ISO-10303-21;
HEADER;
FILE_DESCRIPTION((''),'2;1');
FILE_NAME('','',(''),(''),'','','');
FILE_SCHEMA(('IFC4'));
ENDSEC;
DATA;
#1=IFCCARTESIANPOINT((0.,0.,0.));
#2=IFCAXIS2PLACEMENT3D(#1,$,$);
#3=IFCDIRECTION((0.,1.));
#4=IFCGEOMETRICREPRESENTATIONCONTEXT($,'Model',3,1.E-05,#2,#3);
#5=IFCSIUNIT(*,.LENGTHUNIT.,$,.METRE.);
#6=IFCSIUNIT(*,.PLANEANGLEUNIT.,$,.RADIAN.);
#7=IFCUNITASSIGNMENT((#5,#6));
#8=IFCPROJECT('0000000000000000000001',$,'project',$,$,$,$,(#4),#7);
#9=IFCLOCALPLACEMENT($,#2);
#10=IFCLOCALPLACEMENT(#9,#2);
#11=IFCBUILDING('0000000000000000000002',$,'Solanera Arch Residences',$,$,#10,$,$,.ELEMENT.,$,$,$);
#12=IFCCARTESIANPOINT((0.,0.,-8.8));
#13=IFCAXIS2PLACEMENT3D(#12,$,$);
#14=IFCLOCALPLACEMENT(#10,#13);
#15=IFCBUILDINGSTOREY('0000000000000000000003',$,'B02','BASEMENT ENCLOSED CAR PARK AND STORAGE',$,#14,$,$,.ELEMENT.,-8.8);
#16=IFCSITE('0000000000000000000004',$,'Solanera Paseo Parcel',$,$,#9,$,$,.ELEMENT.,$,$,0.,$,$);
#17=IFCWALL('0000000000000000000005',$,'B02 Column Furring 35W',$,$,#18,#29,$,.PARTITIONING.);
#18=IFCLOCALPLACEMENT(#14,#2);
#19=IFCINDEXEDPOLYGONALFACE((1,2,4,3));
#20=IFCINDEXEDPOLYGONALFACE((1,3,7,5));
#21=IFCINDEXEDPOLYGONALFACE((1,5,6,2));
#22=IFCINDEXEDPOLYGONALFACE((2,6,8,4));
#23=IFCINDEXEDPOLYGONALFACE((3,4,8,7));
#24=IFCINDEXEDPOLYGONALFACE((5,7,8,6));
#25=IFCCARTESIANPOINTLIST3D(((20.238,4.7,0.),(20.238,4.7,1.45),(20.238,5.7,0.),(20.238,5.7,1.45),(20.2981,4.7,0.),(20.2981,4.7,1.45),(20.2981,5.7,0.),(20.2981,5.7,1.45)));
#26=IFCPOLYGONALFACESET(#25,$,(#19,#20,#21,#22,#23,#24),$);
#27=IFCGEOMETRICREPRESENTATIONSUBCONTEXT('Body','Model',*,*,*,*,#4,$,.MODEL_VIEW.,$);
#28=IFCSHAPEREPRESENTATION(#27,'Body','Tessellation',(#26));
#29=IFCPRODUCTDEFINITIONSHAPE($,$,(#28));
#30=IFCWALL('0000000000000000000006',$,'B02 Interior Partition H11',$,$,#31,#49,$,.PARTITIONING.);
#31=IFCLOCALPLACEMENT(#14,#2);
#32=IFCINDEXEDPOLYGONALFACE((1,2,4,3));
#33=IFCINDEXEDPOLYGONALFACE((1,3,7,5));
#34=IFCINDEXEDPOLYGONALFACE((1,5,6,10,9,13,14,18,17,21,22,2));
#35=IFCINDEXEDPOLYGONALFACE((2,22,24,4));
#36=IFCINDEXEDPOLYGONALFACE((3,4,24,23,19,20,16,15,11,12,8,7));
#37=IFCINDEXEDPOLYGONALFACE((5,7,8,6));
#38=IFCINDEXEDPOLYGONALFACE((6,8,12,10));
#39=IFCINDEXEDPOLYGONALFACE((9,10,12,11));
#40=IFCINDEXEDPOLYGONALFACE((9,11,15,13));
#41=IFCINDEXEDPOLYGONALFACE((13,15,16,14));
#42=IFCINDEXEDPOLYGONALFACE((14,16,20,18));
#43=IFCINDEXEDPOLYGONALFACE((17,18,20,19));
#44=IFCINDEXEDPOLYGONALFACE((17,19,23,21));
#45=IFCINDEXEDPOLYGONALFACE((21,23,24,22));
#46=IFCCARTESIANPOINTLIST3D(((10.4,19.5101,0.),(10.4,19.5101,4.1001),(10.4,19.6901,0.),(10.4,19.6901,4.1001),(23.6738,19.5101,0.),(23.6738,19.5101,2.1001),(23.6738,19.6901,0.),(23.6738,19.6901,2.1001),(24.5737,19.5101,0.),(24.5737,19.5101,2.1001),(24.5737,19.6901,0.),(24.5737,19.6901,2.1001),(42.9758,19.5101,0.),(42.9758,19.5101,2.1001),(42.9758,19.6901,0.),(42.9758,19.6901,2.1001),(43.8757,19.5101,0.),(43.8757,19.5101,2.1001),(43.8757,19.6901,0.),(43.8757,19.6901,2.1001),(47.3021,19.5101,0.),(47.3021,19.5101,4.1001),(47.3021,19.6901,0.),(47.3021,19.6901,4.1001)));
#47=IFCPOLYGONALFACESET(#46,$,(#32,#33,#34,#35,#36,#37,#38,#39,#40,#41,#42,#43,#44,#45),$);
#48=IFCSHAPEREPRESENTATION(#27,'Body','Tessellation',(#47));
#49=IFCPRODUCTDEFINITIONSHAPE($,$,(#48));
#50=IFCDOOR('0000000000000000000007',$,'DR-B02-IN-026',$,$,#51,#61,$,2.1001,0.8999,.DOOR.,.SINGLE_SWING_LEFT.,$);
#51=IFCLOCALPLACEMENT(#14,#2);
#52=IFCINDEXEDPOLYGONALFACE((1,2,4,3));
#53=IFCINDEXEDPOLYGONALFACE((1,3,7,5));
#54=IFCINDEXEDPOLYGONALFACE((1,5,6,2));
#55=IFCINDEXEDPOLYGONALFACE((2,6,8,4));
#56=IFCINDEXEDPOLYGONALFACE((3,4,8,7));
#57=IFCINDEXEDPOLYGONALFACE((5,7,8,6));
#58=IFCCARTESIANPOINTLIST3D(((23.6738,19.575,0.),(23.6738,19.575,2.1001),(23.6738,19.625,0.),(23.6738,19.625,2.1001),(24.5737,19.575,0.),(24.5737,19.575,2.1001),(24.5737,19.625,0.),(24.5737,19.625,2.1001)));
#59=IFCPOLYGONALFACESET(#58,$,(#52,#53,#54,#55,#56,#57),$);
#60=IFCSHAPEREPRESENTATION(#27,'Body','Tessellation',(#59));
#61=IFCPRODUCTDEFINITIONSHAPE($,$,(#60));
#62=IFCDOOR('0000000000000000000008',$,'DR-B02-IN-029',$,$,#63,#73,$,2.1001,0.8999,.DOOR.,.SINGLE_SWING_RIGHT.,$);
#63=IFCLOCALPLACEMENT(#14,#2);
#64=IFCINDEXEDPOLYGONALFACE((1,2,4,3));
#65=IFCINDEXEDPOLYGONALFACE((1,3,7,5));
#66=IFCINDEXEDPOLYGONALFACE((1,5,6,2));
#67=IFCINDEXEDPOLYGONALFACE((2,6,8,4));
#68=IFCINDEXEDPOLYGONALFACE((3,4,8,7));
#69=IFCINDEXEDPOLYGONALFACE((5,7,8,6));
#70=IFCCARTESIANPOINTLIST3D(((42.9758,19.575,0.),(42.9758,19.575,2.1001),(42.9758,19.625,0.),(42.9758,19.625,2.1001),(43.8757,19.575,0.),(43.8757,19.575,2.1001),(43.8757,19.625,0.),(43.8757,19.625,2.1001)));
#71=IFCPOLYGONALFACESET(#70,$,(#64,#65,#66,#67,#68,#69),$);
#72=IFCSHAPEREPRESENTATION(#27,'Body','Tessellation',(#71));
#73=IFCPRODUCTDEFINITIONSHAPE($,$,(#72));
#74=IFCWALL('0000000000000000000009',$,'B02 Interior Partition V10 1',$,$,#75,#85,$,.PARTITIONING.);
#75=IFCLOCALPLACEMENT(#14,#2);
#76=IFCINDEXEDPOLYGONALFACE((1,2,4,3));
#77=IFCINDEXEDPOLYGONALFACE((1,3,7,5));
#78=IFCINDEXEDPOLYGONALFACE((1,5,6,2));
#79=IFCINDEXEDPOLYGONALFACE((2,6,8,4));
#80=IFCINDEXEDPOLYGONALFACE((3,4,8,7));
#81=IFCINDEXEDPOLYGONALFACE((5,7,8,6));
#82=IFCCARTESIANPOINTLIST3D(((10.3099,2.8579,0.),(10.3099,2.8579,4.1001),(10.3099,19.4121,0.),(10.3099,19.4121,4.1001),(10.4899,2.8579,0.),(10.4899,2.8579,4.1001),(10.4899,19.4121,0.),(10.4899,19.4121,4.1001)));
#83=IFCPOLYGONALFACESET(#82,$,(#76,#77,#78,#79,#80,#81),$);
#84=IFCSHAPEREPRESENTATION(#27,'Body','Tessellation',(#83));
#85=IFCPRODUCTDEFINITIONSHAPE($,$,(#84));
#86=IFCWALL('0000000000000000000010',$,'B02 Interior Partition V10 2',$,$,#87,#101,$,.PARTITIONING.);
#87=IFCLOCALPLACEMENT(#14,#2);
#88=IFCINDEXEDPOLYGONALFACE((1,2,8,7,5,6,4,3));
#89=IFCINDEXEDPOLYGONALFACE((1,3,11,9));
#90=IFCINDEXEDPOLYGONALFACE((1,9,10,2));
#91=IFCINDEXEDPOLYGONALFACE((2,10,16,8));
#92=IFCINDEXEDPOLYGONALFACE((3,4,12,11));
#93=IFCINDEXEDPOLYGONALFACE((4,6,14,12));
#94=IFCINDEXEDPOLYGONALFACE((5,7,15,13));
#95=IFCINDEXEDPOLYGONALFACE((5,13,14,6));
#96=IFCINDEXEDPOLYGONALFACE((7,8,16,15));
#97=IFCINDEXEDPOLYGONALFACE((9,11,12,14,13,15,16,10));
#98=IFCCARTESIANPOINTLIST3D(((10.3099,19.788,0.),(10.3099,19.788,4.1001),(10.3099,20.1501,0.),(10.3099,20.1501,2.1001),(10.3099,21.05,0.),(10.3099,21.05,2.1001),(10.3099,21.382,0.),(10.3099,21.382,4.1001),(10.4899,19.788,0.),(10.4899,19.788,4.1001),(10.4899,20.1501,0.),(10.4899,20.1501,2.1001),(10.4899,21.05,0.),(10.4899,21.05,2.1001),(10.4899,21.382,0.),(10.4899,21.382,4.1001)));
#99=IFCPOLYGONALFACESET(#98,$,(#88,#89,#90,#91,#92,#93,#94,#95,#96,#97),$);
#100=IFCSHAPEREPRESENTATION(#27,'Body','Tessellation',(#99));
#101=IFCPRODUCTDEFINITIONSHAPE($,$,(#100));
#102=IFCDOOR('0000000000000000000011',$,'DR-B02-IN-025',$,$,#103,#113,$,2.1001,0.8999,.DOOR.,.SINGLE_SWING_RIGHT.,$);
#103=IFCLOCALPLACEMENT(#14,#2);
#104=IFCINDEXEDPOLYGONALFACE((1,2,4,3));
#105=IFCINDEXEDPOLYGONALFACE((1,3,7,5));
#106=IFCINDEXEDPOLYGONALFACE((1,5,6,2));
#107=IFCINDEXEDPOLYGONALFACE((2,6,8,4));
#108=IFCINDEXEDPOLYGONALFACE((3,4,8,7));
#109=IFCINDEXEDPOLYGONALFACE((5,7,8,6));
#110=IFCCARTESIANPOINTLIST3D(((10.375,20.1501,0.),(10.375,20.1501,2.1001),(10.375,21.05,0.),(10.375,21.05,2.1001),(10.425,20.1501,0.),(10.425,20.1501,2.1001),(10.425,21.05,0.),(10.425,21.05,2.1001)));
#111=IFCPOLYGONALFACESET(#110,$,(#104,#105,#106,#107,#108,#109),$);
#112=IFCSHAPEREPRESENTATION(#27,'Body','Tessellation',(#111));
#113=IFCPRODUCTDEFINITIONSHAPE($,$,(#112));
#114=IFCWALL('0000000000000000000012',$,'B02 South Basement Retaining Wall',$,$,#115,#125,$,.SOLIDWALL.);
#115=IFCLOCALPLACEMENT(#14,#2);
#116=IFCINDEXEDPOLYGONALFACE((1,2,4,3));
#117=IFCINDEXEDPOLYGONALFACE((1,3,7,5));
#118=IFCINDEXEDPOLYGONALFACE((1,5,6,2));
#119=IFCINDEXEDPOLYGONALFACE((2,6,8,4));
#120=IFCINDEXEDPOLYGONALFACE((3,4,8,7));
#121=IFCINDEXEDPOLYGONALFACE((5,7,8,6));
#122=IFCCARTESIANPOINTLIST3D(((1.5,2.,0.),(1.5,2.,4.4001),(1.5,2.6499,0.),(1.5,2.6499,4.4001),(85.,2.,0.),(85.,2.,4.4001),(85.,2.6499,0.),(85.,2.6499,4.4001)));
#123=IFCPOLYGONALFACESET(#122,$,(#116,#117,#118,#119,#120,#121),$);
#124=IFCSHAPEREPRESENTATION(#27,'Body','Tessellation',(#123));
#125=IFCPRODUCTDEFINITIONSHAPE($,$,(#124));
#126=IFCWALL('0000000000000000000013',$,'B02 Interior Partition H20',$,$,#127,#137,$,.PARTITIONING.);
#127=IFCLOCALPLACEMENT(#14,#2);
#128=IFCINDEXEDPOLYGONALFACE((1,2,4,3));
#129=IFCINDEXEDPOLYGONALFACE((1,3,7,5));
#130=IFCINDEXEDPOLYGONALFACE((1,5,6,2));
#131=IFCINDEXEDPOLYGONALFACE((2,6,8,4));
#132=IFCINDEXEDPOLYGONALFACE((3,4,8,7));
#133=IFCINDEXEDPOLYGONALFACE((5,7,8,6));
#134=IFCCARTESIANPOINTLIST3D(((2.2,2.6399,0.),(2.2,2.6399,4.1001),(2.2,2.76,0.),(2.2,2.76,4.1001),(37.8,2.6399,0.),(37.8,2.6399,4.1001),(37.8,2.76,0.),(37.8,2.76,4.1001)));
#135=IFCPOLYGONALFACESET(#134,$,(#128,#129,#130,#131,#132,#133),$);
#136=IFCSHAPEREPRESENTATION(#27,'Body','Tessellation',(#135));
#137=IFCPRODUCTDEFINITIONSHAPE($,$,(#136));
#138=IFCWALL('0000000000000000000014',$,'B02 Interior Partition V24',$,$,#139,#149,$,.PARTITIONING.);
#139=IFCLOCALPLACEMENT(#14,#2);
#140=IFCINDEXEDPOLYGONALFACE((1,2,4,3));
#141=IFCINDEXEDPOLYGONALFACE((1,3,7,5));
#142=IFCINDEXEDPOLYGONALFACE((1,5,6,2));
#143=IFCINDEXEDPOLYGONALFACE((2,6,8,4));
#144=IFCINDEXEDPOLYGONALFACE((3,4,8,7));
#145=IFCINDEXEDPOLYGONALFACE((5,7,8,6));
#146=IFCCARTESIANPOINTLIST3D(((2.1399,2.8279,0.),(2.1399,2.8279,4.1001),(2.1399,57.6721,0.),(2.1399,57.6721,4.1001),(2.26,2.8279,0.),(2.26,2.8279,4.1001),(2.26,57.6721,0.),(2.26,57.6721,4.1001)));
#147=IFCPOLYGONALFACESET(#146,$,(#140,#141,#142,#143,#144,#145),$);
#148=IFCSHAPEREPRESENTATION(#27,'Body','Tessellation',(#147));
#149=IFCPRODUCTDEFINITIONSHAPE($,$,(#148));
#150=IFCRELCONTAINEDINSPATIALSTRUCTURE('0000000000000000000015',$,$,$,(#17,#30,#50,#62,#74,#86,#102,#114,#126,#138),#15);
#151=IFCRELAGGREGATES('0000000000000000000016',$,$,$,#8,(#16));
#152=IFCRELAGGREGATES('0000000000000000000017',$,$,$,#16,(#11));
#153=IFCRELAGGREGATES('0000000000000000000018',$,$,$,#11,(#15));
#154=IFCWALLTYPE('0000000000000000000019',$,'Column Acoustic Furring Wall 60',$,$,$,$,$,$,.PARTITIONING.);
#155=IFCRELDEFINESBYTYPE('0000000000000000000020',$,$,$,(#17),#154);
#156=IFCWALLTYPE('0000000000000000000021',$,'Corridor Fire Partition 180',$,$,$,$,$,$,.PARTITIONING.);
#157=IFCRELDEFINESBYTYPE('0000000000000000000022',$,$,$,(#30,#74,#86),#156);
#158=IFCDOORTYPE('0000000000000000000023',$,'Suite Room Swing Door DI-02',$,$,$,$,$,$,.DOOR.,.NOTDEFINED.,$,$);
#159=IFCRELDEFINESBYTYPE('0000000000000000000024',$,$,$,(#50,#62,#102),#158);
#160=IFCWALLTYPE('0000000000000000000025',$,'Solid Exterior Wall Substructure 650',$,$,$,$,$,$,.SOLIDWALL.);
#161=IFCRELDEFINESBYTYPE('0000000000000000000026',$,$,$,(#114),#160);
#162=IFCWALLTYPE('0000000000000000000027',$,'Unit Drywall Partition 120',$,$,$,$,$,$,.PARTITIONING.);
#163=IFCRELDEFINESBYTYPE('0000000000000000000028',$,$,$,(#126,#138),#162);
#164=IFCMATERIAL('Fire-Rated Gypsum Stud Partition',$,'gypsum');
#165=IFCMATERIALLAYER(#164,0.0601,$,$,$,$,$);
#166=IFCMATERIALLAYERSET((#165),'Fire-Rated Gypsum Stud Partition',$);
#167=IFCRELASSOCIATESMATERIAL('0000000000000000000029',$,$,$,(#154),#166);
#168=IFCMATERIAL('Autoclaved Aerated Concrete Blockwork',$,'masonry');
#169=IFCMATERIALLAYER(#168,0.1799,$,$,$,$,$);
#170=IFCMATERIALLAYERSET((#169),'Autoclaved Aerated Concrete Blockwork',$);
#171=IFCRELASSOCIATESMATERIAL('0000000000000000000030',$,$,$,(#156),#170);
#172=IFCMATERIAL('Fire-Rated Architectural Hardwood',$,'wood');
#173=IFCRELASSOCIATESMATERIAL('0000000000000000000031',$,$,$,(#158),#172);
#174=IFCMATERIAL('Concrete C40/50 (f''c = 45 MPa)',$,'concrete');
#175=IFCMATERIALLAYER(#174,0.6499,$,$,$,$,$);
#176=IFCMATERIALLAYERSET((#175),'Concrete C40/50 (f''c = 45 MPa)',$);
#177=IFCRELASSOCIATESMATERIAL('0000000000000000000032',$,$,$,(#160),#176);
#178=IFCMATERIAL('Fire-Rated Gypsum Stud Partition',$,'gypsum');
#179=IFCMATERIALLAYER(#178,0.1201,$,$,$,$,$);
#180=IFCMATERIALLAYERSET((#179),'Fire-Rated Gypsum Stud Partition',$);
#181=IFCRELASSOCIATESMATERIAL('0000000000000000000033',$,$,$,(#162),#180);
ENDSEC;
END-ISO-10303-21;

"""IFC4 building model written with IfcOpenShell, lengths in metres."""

from ifc_helpers import new_model, si_unit, direction, frame, frame_2d, origin, place, context, subcontext, project, spatial, rectangle, extrude, material, layer, layer_set, type_object, element, fill, save


model = new_model("IFC4")

# Units and contexts
model_context = context("Model", 3, precision=1e-05, world=origin(), true_north=direction((0.0, 1.0)))
body_context = subcontext(model_context, "Body", "Model", "MODEL_VIEW")
ifc_project = project(units=[si_unit("LENGTHUNIT", "METRE"), si_unit("PLANEANGLEUNIT", "RADIAN")], contexts=[model_context])

# Site, building, storey
site_placement = place(None, origin())
site = spatial("IfcSite", under=ifc_project, at=site_placement, Name="Solanera Paseo Parcel", CompositionType="ELEMENT", RefElevation=0.0)
building_placement = place(site_placement, origin())
building = spatial("IfcBuilding", under=site, at=building_placement, Name="Solanera Arch Residences", CompositionType="ELEMENT")
storey_placement = place(building_placement, frame((0.0, 0.0, -8.8)))
storey = spatial("IfcBuildingStorey", under=building, at=storey_placement, Name="B02", Description="BASEMENT ENCLOSED CAR PARK AND STORAGE", CompositionType="ELEMENT", Elevation=-8.8)

# Wall
ifc_material_1 = material(Name="Fire-Rated Gypsum Stud Partition", Category="gypsum")
ifc_layer_1 = layer(ifc_material_1, 0.0601)
ifc_layer_set_1 = layer_set([ifc_layer_1], Name="Fire-Rated Gypsum Stud Partition")
wall_type_1 = type_object("IfcWallType", Name="Column Acoustic Furring Wall 60", PredefinedType="PARTITIONING", material=ifc_layer_set_1)
wall_1_placement = place(storey_placement, frame((20.2681, 4.7, 0.0), z_axis=(0.0, 0.0, 1.0), x_axis=(0.0, 1.0, 0.0)))
element("IfcWall", 1, at=wall_1_placement, inside=storey, type_object=wall_type_1, Name="B02 Column Furring 35W", PredefinedType="PARTITIONING", context=body_context, shape_type="SweptSolid", body=[
    extrude(rectangle(XDim=1.0, YDim=0.0601, at=frame_2d((0.5, 0.0))), origin(), (0.0, 0.0, 1.0), 1.45),
])

# Wall, openings, doors
ifc_material_2 = material(Name="Autoclaved Aerated Concrete Blockwork", Category="masonry")
ifc_layer_2 = layer(ifc_material_2, 0.1799)
ifc_layer_set_2 = layer_set([ifc_layer_2], Name="Autoclaved Aerated Concrete Blockwork")
wall_type_2 = type_object("IfcWallType", Name="Corridor Fire Partition 180", PredefinedType="PARTITIONING", material=ifc_layer_set_2)
wall_2_placement = place(storey_placement, frame((10.3999, 19.6001, 0.0), z_axis=(0.0, 0.0, 1.0), x_axis=(1.0, 0.0, 0.0)))
wall_2 = element("IfcWall", 2, at=wall_2_placement, inside=storey, type_object=wall_type_2, Name="B02 Interior Partition H11", PredefinedType="PARTITIONING", context=body_context, shape_type="SweptSolid", body=[
    extrude(rectangle(XDim=36.9021, YDim=0.1799, at=frame_2d((18.4512, 0.0))), origin(), (0.0, 0.0, 1.0), 4.1001),
])
opening_1_placement = place(wall_2_placement, frame((13.2739, 0.0, 0.0)))
opening_1 = element("IfcOpeningElement", 3, at=opening_1_placement, cuts=wall_2, PredefinedType="OPENING", context=body_context, shape_type="SweptSolid", body=[
    extrude(rectangle(XDim=0.8999, YDim=2.1001, at=frame_2d((0.45, 1.05))), frame((0.0, 0.1001, 0.0), z_axis=(0.0, -1.0, 0.0), x_axis=(1.0, 0.0, 0.0)), (0.0, 0.0, 1.0), 0.1999),
])
opening_2_placement = place(wall_2_placement, frame((32.5759, 0.0, 0.0)))
opening_2 = element("IfcOpeningElement", 4, at=opening_2_placement, cuts=wall_2, PredefinedType="OPENING", context=body_context, shape_type="SweptSolid", body=[
    extrude(rectangle(XDim=0.8999, YDim=2.1001, at=frame_2d((0.45, 1.05))), frame((0.0, 0.1001, 0.0), z_axis=(0.0, -1.0, 0.0), x_axis=(1.0, 0.0, 0.0)), (0.0, 0.0, 1.0), 0.1999),
])
ifc_material_3 = material(Name="Fire-Rated Architectural Hardwood", Category="wood")
door_type = type_object("IfcDoorType", Name="Suite Room Swing Door DI-02", OperationType="NOTDEFINED", PredefinedType="DOOR", material=ifc_material_3)
door_1_placement = place(opening_1_placement, origin())
door_1 = element("IfcDoor", 5, at=door_1_placement, inside=storey, type_object=door_type, Name="DR-B02-IN-026", OperationType="SINGLE_SWING_LEFT", OverallHeight=2.1001, OverallWidth=0.8999, PredefinedType="DOOR", context=body_context, shape_type="SweptSolid", body=[
    extrude(rectangle(XDim=0.8999, YDim=2.1001, at=frame_2d((0.45, 1.05))), frame((0.0, 0.0249, 0.0), z_axis=(0.0, -1.0, 0.0), x_axis=(1.0, 0.0, 0.0)), (0.0, 0.0, 1.0), 0.05),
])
fill(opening_1, door_1)
door_2_placement = place(opening_2_placement, origin())
door_2 = element("IfcDoor", 6, at=door_2_placement, inside=storey, type_object=door_type, Name="DR-B02-IN-029", OperationType="SINGLE_SWING_RIGHT", OverallHeight=2.1001, OverallWidth=0.8999, PredefinedType="DOOR", context=body_context, shape_type="SweptSolid", body=[
    extrude(rectangle(XDim=0.8999, YDim=2.1001, at=frame_2d((0.45, 1.05))), frame((0.0, 0.0249, 0.0), z_axis=(0.0, -1.0, 0.0), x_axis=(1.0, 0.0, 0.0)), (0.0, 0.0, 1.0), 0.05),
])
fill(opening_2, door_2)

# Wall
wall_3_placement = place(storey_placement, frame((10.3999, 2.8579, 0.0), z_axis=(0.0, 0.0, 1.0), x_axis=(0.0, 1.0, 0.0)))
element("IfcWall", 7, at=wall_3_placement, inside=storey, type_object=wall_type_2, Name="B02 Interior Partition V10 1", PredefinedType="PARTITIONING", context=body_context, shape_type="SweptSolid", body=[
    extrude(rectangle(XDim=16.5542, YDim=0.1799, at=frame_2d((8.2771, 0.0))), origin(), (0.0, 0.0, 1.0), 4.1001),
])

# Wall, opening, door
wall_4_placement = place(storey_placement, frame((10.3999, 19.7881, 0.0), z_axis=(0.0, 0.0, 1.0), x_axis=(0.0, 1.0, 0.0)))
wall_4 = element("IfcWall", 8, at=wall_4_placement, inside=storey, type_object=wall_type_2, Name="B02 Interior Partition V10 2", PredefinedType="PARTITIONING", context=body_context, shape_type="SweptSolid", body=[
    extrude(rectangle(XDim=1.594, YDim=0.1799, at=frame_2d((0.7969, 0.0))), origin(), (0.0, 0.0, 1.0), 4.1001),
])
opening_3_placement = place(wall_4_placement, frame((0.3621, 0.0, 0.0)))
opening_3 = element("IfcOpeningElement", 9, at=opening_3_placement, cuts=wall_4, PredefinedType="OPENING", context=body_context, shape_type="SweptSolid", body=[
    extrude(rectangle(XDim=0.8999, YDim=2.1001, at=frame_2d((0.45, 1.05))), frame((0.0, 0.1001, 0.0), z_axis=(0.0, -1.0, 0.0), x_axis=(1.0, 0.0, 0.0)), (0.0, 0.0, 1.0), 0.1999),
])
door_3_placement = place(opening_3_placement, origin())
door_3 = element("IfcDoor", 10, at=door_3_placement, inside=storey, type_object=door_type, Name="DR-B02-IN-025", OperationType="SINGLE_SWING_RIGHT", OverallHeight=2.1001, OverallWidth=0.8999, PredefinedType="DOOR", context=body_context, shape_type="SweptSolid", body=[
    extrude(rectangle(XDim=0.8999, YDim=2.1001, at=frame_2d((0.45, 1.05))), frame((0.0, 0.0249, 0.0), z_axis=(0.0, -1.0, 0.0), x_axis=(1.0, 0.0, 0.0)), (0.0, 0.0, 1.0), 0.05),
])
fill(opening_3, door_3)

# Walls
ifc_material_4 = material(Name="Concrete C40/50 (f'c = 45 MPa)", Category="concrete")
ifc_layer_3 = layer(ifc_material_4, 0.6499)
ifc_layer_set_3 = layer_set([ifc_layer_3], Name="Concrete C40/50 (f'c = 45 MPa)")
wall_type_3 = type_object("IfcWallType", Name="Solid Exterior Wall Substructure 650", PredefinedType="SOLIDWALL", material=ifc_layer_set_3)
wall_5_placement = place(storey_placement, frame((1.5, 2.325, 0.0), z_axis=(0.0, 0.0, 1.0), x_axis=(1.0, 0.0, 0.0)))
element("IfcWall", 11, at=wall_5_placement, inside=storey, type_object=wall_type_3, Name="B02 South Basement Retaining Wall", PredefinedType="SOLIDWALL", context=body_context, shape_type="SweptSolid", body=[
    extrude(rectangle(XDim=83.5, YDim=0.6499, at=frame_2d((41.75, 0.0))), origin(), (0.0, 0.0, 1.0), 4.4001),
])
ifc_material_5 = material(Name="Fire-Rated Gypsum Stud Partition", Category="gypsum")
ifc_layer_4 = layer(ifc_material_5, 0.1201)
ifc_layer_set_4 = layer_set([ifc_layer_4], Name="Fire-Rated Gypsum Stud Partition")
wall_type_4 = type_object("IfcWallType", Name="Unit Drywall Partition 120", PredefinedType="PARTITIONING", material=ifc_layer_set_4)
wall_6_placement = place(storey_placement, frame((2.2, 2.7, 0.0), z_axis=(0.0, 0.0, 1.0), x_axis=(1.0, 0.0, 0.0)))
element("IfcWall", 12, at=wall_6_placement, inside=storey, type_object=wall_type_4, Name="B02 Interior Partition H20", PredefinedType="PARTITIONING", context=body_context, shape_type="SweptSolid", body=[
    extrude(rectangle(XDim=35.6001, YDim=0.1201, at=frame_2d((17.8, 0.0))), origin(), (0.0, 0.0, 1.0), 4.1001),
])
wall_7_placement = place(storey_placement, frame((2.2, 2.8279, 0.0), z_axis=(0.0, 0.0, 1.0), x_axis=(0.0, 1.0, 0.0)))
element("IfcWall", 13, at=wall_7_placement, inside=storey, type_object=wall_type_4, Name="B02 Interior Partition V24", PredefinedType="PARTITIONING", context=body_context, shape_type="SweptSolid", body=[
    extrude(rectangle(XDim=54.8442, YDim=0.1201, at=frame_2d((27.4221, 0.0))), origin(), (0.0, 0.0, 1.0), 4.1001),
])

save(model, "model.ifc")
